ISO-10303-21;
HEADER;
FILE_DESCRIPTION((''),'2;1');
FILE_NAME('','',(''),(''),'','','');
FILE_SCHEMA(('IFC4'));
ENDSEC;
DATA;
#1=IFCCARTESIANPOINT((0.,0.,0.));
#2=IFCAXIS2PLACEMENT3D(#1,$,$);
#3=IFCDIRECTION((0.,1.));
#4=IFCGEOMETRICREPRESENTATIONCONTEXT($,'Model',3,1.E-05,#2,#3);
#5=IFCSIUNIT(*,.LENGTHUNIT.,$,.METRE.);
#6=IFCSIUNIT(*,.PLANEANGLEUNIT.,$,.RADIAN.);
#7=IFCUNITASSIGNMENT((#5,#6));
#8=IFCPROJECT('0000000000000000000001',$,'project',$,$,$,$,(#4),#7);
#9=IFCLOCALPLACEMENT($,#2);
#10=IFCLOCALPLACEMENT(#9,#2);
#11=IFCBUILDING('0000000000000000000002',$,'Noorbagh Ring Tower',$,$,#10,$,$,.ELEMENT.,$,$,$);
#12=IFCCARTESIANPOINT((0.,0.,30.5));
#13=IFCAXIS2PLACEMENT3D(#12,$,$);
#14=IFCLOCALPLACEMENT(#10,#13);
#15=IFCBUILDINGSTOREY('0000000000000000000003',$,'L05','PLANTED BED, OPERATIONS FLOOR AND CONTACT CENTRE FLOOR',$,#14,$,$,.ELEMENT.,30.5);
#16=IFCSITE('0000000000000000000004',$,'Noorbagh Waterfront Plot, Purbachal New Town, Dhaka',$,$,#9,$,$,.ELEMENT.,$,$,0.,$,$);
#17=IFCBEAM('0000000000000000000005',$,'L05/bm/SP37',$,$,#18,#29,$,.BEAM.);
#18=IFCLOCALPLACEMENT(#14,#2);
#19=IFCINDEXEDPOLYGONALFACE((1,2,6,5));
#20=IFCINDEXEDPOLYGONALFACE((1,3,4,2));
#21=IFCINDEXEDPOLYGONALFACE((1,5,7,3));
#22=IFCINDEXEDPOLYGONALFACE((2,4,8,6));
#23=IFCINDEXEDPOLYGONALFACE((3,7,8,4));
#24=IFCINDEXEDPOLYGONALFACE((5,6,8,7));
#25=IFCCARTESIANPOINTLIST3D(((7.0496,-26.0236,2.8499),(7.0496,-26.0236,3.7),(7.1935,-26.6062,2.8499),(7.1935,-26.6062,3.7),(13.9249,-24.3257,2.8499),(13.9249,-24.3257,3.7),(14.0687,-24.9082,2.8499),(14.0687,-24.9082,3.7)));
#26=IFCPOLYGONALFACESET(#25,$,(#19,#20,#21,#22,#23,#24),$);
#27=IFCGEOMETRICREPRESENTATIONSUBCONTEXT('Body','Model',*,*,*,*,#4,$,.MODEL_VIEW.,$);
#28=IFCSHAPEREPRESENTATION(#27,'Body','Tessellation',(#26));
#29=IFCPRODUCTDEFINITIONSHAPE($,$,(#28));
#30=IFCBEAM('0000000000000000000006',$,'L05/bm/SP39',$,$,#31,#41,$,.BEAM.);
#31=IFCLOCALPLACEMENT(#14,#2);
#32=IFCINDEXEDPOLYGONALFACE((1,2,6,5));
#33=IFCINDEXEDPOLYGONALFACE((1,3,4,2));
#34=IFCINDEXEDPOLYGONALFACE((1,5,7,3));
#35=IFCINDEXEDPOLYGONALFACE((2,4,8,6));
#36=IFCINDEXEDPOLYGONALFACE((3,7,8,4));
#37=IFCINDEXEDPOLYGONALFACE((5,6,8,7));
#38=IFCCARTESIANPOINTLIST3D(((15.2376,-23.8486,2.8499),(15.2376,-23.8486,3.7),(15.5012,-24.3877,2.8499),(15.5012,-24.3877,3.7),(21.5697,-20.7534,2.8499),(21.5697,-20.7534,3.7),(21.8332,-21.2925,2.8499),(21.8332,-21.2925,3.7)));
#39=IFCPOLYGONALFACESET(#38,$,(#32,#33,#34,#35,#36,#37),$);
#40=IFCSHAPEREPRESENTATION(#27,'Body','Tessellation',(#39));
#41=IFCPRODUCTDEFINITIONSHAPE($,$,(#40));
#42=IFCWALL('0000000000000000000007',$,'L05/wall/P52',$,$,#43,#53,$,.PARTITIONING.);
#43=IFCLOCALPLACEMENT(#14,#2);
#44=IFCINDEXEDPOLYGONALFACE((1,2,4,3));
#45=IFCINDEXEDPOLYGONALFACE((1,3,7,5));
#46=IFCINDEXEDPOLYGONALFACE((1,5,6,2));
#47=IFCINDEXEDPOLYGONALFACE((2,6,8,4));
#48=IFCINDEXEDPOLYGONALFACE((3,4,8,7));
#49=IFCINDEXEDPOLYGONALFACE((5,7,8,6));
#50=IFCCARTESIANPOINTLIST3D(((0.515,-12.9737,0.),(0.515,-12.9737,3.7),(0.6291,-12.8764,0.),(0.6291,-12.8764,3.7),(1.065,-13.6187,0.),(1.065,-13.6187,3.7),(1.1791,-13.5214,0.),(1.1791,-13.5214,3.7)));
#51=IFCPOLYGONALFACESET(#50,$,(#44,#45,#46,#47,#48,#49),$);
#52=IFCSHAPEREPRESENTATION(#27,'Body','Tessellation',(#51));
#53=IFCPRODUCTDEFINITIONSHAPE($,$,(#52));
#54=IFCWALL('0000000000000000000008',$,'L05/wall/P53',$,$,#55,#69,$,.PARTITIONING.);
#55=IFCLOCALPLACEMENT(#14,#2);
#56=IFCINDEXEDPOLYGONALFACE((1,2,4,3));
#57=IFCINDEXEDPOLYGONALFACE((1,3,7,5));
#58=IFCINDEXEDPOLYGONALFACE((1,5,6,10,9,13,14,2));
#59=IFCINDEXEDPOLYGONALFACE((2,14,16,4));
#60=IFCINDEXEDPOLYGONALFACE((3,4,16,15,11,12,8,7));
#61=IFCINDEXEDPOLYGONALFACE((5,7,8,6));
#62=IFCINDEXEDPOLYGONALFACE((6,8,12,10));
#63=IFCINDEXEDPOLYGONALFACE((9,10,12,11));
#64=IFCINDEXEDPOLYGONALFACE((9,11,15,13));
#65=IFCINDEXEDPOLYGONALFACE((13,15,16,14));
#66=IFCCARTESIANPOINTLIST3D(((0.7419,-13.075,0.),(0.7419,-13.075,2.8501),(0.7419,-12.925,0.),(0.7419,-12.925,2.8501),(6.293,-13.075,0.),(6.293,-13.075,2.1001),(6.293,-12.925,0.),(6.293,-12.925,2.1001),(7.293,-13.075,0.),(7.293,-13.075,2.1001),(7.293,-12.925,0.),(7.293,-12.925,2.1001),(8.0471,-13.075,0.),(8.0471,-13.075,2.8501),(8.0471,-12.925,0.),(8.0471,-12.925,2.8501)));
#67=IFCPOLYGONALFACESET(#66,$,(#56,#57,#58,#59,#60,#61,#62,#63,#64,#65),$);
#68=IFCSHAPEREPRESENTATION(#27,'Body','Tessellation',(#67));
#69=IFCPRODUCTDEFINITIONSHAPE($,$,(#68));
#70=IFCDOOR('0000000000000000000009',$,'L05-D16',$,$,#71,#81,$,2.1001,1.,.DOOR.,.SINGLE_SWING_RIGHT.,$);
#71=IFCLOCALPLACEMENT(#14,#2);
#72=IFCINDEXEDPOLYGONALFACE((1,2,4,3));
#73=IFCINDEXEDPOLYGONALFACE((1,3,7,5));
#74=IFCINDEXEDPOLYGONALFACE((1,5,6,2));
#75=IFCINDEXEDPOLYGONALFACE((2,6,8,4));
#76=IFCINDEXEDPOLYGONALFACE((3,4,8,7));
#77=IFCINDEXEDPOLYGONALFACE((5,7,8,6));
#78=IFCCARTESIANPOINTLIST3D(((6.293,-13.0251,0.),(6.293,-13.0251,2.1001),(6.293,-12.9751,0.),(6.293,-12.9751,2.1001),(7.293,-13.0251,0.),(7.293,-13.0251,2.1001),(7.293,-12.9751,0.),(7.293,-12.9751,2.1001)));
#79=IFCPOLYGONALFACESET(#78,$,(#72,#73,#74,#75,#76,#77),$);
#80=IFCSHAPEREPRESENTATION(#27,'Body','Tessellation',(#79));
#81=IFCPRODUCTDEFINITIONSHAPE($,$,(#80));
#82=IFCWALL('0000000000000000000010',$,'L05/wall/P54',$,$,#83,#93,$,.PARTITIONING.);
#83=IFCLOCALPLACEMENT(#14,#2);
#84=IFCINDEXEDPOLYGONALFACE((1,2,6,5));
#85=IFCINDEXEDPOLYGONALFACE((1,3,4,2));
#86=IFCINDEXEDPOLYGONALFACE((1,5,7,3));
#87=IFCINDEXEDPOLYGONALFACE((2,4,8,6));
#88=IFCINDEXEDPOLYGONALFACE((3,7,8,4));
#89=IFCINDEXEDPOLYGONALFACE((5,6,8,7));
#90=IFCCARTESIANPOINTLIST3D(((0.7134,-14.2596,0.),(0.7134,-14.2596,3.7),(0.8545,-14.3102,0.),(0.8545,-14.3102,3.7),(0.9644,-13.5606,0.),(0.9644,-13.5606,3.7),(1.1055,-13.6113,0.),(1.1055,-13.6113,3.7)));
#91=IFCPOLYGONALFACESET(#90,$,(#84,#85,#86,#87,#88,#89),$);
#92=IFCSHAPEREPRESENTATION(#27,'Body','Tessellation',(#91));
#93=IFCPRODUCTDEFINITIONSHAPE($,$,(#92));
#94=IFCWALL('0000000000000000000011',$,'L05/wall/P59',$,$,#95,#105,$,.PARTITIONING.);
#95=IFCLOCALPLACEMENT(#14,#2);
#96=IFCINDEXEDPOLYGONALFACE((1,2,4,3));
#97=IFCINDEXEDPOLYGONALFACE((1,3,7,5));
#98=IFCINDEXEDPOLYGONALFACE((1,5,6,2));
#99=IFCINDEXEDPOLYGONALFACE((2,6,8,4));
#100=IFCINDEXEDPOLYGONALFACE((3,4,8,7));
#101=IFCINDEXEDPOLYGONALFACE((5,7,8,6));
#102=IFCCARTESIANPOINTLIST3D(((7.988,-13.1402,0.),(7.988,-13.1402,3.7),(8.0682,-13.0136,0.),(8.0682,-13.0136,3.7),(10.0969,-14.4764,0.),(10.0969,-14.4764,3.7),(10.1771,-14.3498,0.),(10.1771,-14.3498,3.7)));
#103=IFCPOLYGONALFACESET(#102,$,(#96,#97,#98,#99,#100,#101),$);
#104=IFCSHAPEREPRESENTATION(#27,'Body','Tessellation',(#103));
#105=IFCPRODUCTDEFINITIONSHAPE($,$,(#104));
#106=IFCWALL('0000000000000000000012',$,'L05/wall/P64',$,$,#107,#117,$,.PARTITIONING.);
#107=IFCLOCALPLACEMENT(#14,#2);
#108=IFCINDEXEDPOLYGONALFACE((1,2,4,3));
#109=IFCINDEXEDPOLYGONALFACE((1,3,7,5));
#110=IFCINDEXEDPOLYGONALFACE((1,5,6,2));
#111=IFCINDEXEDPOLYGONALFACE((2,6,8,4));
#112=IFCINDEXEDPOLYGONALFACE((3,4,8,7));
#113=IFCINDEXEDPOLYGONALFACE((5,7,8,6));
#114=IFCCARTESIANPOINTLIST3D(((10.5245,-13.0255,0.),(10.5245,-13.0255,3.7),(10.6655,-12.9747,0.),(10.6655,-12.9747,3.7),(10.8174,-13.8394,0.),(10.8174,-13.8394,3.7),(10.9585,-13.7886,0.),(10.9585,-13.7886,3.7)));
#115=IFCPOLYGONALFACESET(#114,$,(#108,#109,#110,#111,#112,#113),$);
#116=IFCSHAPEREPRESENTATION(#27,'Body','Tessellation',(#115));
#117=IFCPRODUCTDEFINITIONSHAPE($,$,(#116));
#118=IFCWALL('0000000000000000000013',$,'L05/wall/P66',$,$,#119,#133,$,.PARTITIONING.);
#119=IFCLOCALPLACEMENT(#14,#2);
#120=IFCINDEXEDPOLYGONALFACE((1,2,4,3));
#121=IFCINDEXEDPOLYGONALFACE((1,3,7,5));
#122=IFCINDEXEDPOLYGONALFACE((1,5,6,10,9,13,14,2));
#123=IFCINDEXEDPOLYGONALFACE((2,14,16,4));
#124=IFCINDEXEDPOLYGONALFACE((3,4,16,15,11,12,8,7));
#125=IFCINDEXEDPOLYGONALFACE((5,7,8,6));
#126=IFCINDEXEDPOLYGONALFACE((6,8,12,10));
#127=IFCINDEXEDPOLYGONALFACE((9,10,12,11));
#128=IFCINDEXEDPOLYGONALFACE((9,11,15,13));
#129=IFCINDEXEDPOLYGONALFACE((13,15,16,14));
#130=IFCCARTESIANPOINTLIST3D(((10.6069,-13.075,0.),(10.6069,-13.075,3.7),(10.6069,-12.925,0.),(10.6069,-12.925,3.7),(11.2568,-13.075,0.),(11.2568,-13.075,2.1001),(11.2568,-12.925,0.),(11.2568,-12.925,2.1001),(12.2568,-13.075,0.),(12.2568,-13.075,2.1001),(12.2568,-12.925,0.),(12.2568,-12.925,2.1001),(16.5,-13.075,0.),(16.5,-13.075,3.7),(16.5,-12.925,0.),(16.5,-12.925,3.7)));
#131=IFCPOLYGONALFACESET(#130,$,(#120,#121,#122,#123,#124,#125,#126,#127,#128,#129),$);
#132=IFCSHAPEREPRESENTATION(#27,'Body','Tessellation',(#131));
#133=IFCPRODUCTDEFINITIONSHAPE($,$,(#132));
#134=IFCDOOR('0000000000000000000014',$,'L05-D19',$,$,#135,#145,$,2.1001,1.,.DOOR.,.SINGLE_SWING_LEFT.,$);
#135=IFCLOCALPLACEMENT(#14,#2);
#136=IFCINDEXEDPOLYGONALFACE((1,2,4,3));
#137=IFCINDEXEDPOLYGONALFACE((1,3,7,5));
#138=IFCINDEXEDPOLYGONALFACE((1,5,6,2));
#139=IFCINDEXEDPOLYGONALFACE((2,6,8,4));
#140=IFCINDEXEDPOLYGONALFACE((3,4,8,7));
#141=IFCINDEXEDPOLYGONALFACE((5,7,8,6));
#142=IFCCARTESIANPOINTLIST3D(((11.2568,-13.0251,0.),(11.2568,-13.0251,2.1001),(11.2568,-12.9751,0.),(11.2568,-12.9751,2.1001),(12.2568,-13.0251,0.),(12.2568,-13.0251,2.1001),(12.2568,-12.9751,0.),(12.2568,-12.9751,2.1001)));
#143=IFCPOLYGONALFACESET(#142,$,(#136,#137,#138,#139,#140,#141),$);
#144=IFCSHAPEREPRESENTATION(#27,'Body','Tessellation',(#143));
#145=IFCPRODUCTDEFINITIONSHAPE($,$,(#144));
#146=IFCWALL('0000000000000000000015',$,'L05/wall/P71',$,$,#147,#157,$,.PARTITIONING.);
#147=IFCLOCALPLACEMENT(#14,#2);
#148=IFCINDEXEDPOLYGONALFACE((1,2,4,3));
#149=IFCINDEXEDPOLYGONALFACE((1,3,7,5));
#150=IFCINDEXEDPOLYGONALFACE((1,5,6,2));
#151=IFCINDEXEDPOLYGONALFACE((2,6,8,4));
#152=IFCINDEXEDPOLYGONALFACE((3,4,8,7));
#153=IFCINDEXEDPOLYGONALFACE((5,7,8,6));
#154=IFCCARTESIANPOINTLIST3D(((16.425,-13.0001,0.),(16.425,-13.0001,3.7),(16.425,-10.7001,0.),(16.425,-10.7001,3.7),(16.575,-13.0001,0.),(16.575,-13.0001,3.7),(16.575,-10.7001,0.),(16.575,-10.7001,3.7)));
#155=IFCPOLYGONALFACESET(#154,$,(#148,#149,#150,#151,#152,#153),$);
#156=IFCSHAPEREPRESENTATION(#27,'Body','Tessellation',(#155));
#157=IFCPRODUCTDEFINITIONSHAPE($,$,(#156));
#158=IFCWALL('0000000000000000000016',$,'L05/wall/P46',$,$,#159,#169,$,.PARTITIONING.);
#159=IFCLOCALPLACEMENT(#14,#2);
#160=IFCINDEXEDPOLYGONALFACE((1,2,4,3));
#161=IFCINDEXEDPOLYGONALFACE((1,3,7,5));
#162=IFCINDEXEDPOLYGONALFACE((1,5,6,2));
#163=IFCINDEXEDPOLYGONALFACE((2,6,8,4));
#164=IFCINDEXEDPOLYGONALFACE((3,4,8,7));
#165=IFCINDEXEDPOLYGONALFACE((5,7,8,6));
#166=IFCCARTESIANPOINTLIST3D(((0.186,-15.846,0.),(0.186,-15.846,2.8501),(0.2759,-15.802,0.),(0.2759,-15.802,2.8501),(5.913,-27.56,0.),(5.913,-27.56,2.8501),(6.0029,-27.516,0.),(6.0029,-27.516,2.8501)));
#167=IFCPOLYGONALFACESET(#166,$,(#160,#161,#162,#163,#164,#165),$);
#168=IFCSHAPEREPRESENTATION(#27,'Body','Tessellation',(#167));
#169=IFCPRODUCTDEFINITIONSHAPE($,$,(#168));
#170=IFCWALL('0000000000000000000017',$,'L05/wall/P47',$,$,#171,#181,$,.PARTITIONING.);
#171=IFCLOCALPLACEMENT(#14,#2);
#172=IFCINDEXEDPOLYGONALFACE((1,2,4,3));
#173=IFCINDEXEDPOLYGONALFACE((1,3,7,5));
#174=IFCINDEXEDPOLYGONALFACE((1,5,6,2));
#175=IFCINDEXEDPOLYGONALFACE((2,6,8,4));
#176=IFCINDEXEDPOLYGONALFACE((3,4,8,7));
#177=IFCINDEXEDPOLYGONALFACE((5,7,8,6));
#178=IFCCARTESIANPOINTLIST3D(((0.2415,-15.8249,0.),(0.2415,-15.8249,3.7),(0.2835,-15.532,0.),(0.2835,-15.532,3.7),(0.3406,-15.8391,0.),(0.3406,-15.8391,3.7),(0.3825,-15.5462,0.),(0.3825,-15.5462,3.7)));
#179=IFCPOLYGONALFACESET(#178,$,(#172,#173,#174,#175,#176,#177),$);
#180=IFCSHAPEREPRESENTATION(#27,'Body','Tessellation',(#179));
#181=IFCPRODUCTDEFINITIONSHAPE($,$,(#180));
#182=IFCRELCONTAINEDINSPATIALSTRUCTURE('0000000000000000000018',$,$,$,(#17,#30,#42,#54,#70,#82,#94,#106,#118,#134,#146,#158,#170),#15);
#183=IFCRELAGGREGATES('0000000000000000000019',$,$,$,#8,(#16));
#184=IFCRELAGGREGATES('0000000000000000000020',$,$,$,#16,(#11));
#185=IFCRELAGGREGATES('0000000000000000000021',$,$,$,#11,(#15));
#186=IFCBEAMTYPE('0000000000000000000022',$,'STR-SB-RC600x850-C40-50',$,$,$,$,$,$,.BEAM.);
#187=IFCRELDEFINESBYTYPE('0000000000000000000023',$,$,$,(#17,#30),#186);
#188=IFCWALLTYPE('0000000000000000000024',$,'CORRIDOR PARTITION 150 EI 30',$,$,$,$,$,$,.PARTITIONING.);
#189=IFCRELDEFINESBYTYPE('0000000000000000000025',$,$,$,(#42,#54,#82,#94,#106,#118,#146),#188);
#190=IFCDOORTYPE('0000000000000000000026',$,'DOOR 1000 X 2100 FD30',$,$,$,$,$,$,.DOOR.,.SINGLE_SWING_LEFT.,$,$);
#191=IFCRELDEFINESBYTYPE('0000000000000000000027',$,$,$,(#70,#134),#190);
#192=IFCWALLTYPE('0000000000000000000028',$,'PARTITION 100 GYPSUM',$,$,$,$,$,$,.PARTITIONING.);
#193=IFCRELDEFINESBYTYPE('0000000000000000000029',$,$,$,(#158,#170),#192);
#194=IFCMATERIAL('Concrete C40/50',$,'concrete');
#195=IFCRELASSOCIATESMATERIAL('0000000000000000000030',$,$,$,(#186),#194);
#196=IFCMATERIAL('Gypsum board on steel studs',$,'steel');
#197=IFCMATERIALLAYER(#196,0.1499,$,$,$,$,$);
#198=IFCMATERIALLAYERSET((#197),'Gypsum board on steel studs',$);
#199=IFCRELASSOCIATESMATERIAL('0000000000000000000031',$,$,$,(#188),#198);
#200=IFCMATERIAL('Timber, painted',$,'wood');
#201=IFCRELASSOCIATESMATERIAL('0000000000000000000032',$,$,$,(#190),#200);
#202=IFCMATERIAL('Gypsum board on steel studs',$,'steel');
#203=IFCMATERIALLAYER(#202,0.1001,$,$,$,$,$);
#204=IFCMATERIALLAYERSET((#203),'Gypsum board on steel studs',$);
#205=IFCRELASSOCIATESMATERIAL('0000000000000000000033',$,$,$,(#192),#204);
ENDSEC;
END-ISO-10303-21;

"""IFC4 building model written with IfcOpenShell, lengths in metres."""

from ifc_helpers import new_model, si_unit, direction, frame, frame_2d, origin, origin_2d, place, context, subcontext, project, spatial, rectangle, extrude, material, layer, layer_set, material_profile, profile_set, type_object, element, fill, save


model = new_model("IFC4")

# Units and contexts
model_context = context("Model", 3, precision=1e-05, world=origin(), true_north=direction((0.0, 1.0)))
body_context = subcontext(model_context, "Body", "Model", "MODEL_VIEW")
ifc_project = project(units=[si_unit("LENGTHUNIT", "METRE"), si_unit("PLANEANGLEUNIT", "RADIAN")], contexts=[model_context])

# Site, building, storey
site_placement = place(None, origin())
site = spatial("IfcSite", under=ifc_project, at=site_placement, Name="Noorbagh Waterfront Plot, Purbachal New Town, Dhaka", CompositionType="ELEMENT", RefElevation=0.0)
building_placement = place(site_placement, origin())
building = spatial("IfcBuilding", under=site, at=building_placement, Name="Noorbagh Ring Tower", CompositionType="ELEMENT")
storey_placement = place(building_placement, frame((0.0, 0.0, 30.5)))
storey = spatial("IfcBuildingStorey", under=building, at=storey_placement, Name="L05", Description="PLANTED BED, OPERATIONS FLOOR AND CONTACT CENTRE FLOOR", CompositionType="ELEMENT", Elevation=30.5)

# Beams
ifc_material_1 = material(Name="Concrete C40/50", Category="concrete")
ifc_material_profile_1 = material_profile(ifc_material_1, rectangle(XDim=0.6001, YDim=0.8501, at=origin_2d()), Name="RC600x850")
ifc_profile_set_1 = profile_set([ifc_material_profile_1], Name="Concrete C40/50")
beam_type_1 = type_object("IfcBeamType", Name="STR-SB-RC600x850-C40-50", PredefinedType="BEAM", material=ifc_profile_set_1)
beam_1_placement = place(storey_placement, frame((7.1216, -26.3149, 3.2749), z_axis=(0.97083, 0.239769, 0.0), x_axis=(-0.239769, 0.97083, 0.0)))
element("IfcBeam", 1, at=beam_1_placement, inside=storey, type_object=beam_type_1, Name="L05/bm/SP37", PredefinedType="BEAM", context=body_context, shape_type="SweptSolid", body=[
    extrude(rectangle(XDim=0.6001, YDim=0.8501, at=origin_2d()), origin(), (0.0, 0.0, 1.0), 7.0818),
])
beam_2_placement = place(storey_placement, frame((15.3694, -24.1182, 3.2749), z_axis=(0.898409, 0.439159, 0.0), x_axis=(-0.439159, 0.898409, 0.0)))
element("IfcBeam", 2, at=beam_2_placement, inside=storey, type_object=beam_type_1, Name="L05/bm/SP39", PredefinedType="BEAM", context=body_context, shape_type="SweptSolid", body=[
    extrude(rectangle(XDim=0.6001, YDim=0.8501, at=origin_2d()), origin(), (0.0, 0.0, 1.0), 7.0481),
])

# Wall
ifc_material_2 = material(Name="Gypsum board on steel studs", Category="steel")
ifc_layer_1 = layer(ifc_material_2, 0.1499)
ifc_layer_set_1 = layer_set([ifc_layer_1], Name="Gypsum board on steel studs")
wall_type_1 = type_object("IfcWallType", Name="CORRIDOR PARTITION 150 EI 30", PredefinedType="PARTITIONING", material=ifc_layer_set_1)
wall_1_placement = place(storey_placement, frame((0.572, -12.925, 0.0), z_axis=(0.0, 0.0, 1.0), x_axis=(0.648868, -0.760901, 0.0)))
element("IfcWall", 3, at=wall_1_placement, inside=storey, type_object=wall_type_1, Name="L05/wall/P52", PredefinedType="PARTITIONING", context=body_context, shape_type="SweptSolid", body=[
    extrude(rectangle(XDim=0.8477, YDim=0.1499, at=frame_2d((0.4238, 0.0))), origin(), (0.0, 0.0, 1.0), 3.7),
])

# Wall, opening, door
wall_2_placement = place(storey_placement, frame((0.7419, -13.0, 0.0), z_axis=(0.0, 0.0, 1.0), x_axis=(1.0, 0.0, 0.0)))
wall_2 = element("IfcWall", 4, at=wall_2_placement, inside=storey, type_object=wall_type_1, Name="L05/wall/P53", PredefinedType="PARTITIONING", context=body_context, shape_type="SweptSolid", body=[
    extrude(rectangle(XDim=7.3052, YDim=0.1499, at=frame_2d((3.6526, 0.0))), origin(), (0.0, 0.0, 1.0), 2.8501),
])
opening_1_placement = place(wall_2_placement, frame((5.551, 0.0, 0.0)))
opening_1 = element("IfcOpeningElement", 5, at=opening_1_placement, cuts=wall_2, PredefinedType="OPENING", context=body_context, shape_type="SweptSolid", body=[
    extrude(rectangle(XDim=1.0, YDim=2.1001, at=frame_2d((0.5, 1.05))), frame((0.0, 0.085, 0.0), z_axis=(0.0, -1.0, 0.0), x_axis=(1.0, 0.0, 0.0)), (0.0, 0.0, 1.0), 0.1699),
])
ifc_material_3 = material(Name="Timber, painted", Category="wood")
door_type = type_object("IfcDoorType", Name="DOOR 1000 X 2100 FD30", OperationType="SINGLE_SWING_LEFT", PredefinedType="DOOR", material=ifc_material_3)
door_1_placement = place(opening_1_placement, origin())
door_1 = element("IfcDoor", 6, at=door_1_placement, inside=storey, type_object=door_type, Name="L05-D16", OperationType="SINGLE_SWING_RIGHT", OverallHeight=2.1001, OverallWidth=1.0, PredefinedType="DOOR", context=body_context, shape_type="SweptSolid", body=[
    extrude(rectangle(XDim=1.0, YDim=2.1001, at=frame_2d((0.5, 1.05))), frame((0.0, 0.0249, 0.0), z_axis=(0.0, -1.0, 0.0), x_axis=(1.0, 0.0, 0.0)), (0.0, 0.0, 1.0), 0.05),
])
fill(opening_1, door_1)

# Walls
wall_3_placement = place(storey_placement, frame((0.7839, -14.2849, 0.0), z_axis=(0.0, 0.0, 1.0), x_axis=(0.337939, 0.941168, 0.0)))
element("IfcWall", 7, at=wall_3_placement, inside=storey, type_object=wall_type_1, Name="L05/wall/P54", PredefinedType="PARTITIONING", context=body_context, shape_type="SweptSolid", body=[
    extrude(rectangle(XDim=0.7427, YDim=0.1499, at=frame_2d((0.3713, 0.0))), origin(), (0.0, 0.0, 1.0), 3.7),
])
wall_4_placement = place(storey_placement, frame((8.0281, -13.0769, 0.0), z_axis=(0.0, 0.0, 1.0), x_axis=(0.844719, -0.53521, 0.0)))
element("IfcWall", 8, at=wall_4_placement, inside=storey, type_object=wall_type_1, Name="L05/wall/P59", PredefinedType="PARTITIONING", context=body_context, shape_type="SweptSolid", body=[
    extrude(rectangle(XDim=2.4966, YDim=0.1499, at=frame_2d((1.2483, 0.0))), origin(), (0.0, 0.0, 1.0), 3.7),
])
wall_5_placement = place(storey_placement, frame((10.595, -13.0, 0.0), z_axis=(0.0, 0.0, 1.0), x_axis=(0.33866, -0.940909, 0.0)))
element("IfcWall", 9, at=wall_5_placement, inside=storey, type_object=wall_type_1, Name="L05/wall/P64", PredefinedType="PARTITIONING", context=body_context, shape_type="SweptSolid", body=[
    extrude(rectangle(XDim=0.865, YDim=0.1499, at=frame_2d((0.4326, 0.0))), origin(), (0.0, 0.0, 1.0), 3.7),
])

# Wall, opening, door
wall_6_placement = place(storey_placement, frame((10.6069, -13.0, 0.0), z_axis=(0.0, 0.0, 1.0), x_axis=(1.0, 0.0, 0.0)))
wall_6 = element("IfcWall", 10, at=wall_6_placement, inside=storey, type_object=wall_type_1, Name="L05/wall/P66", PredefinedType="PARTITIONING", context=body_context, shape_type="SweptSolid", body=[
    extrude(rectangle(XDim=5.8931, YDim=0.1499, at=frame_2d((2.9465, 0.0))), origin(), (0.0, 0.0, 1.0), 3.7),
])
opening_2_placement = place(wall_6_placement, frame((0.6499, 0.0, 0.0)))
opening_2 = element("IfcOpeningElement", 11, at=opening_2_placement, cuts=wall_6, PredefinedType="OPENING", context=body_context, shape_type="SweptSolid", body=[
    extrude(rectangle(XDim=1.0, YDim=2.1001, at=frame_2d((0.5, 1.05))), frame((0.0, 0.085, 0.0), z_axis=(0.0, -1.0, 0.0), x_axis=(1.0, 0.0, 0.0)), (0.0, 0.0, 1.0), 0.1699),
])
door_2_placement = place(opening_2_placement, origin())
door_2 = element("IfcDoor", 12, at=door_2_placement, inside=storey, type_object=door_type, Name="L05-D19", OperationType="SINGLE_SWING_LEFT", OverallHeight=2.1001, OverallWidth=1.0, PredefinedType="DOOR", context=body_context, shape_type="SweptSolid", body=[
    extrude(rectangle(XDim=1.0, YDim=2.1001, at=frame_2d((0.5, 1.05))), frame((0.0, 0.0249, 0.0), z_axis=(0.0, -1.0, 0.0), x_axis=(1.0, 0.0, 0.0)), (0.0, 0.0, 1.0), 0.05),
])
fill(opening_2, door_2)

# Walls
wall_7_placement = place(storey_placement, frame((16.5, -13.0, 0.0), z_axis=(0.0, 0.0, 1.0), x_axis=(0.0, 1.0, 0.0)))
element("IfcWall", 13, at=wall_7_placement, inside=storey, type_object=wall_type_1, Name="L05/wall/P71", PredefinedType="PARTITIONING", context=body_context, shape_type="SweptSolid", body=[
    extrude(rectangle(XDim=2.3, YDim=0.1499, at=frame_2d((1.1499, 0.0))), origin(), (0.0, 0.0, 1.0), 3.7),
])
ifc_material_4 = material(Name="Gypsum board on steel studs", Category="steel")
ifc_layer_2 = layer(ifc_material_4, 0.1001)
ifc_layer_set_2 = layer_set([ifc_layer_2], Name="Gypsum board on steel studs")
wall_type_2 = type_object("IfcWallType", Name="PARTITION 100 GYPSUM", PredefinedType="PARTITIONING", material=ifc_layer_set_2)
wall_8_placement = place(storey_placement, frame((0.231, -15.824, 0.0), z_axis=(0.0, 0.0, 1.0), x_axis=(0.43922, -0.89838, 0.0)))
element("IfcWall", 14, at=wall_8_placement, inside=storey, type_object=wall_type_2, Name="L05/wall/P46", PredefinedType="PARTITIONING", context=body_context, shape_type="SweptSolid", body=[
    extrude(rectangle(XDim=13.0391, YDim=0.1001, at=frame_2d((6.5195, 0.0))), origin(), (0.0, 0.0, 1.0), 2.8501),
])
wall_9_placement = place(storey_placement, frame((0.291, -15.832, 0.0), z_axis=(0.0, 0.0, 1.0), x_axis=(0.141883, 0.989883, 0.0)))
element("IfcWall", 15, at=wall_9_placement, inside=storey, type_object=wall_type_2, Name="L05/wall/P47", PredefinedType="PARTITIONING", context=body_context, shape_type="SweptSolid", body=[
    extrude(rectangle(XDim=0.2959, YDim=0.1001, at=frame_2d((0.1479, 0.0))), origin(), (0.0, 0.0, 1.0), 3.7),
])

save(model, "model.ifc")
